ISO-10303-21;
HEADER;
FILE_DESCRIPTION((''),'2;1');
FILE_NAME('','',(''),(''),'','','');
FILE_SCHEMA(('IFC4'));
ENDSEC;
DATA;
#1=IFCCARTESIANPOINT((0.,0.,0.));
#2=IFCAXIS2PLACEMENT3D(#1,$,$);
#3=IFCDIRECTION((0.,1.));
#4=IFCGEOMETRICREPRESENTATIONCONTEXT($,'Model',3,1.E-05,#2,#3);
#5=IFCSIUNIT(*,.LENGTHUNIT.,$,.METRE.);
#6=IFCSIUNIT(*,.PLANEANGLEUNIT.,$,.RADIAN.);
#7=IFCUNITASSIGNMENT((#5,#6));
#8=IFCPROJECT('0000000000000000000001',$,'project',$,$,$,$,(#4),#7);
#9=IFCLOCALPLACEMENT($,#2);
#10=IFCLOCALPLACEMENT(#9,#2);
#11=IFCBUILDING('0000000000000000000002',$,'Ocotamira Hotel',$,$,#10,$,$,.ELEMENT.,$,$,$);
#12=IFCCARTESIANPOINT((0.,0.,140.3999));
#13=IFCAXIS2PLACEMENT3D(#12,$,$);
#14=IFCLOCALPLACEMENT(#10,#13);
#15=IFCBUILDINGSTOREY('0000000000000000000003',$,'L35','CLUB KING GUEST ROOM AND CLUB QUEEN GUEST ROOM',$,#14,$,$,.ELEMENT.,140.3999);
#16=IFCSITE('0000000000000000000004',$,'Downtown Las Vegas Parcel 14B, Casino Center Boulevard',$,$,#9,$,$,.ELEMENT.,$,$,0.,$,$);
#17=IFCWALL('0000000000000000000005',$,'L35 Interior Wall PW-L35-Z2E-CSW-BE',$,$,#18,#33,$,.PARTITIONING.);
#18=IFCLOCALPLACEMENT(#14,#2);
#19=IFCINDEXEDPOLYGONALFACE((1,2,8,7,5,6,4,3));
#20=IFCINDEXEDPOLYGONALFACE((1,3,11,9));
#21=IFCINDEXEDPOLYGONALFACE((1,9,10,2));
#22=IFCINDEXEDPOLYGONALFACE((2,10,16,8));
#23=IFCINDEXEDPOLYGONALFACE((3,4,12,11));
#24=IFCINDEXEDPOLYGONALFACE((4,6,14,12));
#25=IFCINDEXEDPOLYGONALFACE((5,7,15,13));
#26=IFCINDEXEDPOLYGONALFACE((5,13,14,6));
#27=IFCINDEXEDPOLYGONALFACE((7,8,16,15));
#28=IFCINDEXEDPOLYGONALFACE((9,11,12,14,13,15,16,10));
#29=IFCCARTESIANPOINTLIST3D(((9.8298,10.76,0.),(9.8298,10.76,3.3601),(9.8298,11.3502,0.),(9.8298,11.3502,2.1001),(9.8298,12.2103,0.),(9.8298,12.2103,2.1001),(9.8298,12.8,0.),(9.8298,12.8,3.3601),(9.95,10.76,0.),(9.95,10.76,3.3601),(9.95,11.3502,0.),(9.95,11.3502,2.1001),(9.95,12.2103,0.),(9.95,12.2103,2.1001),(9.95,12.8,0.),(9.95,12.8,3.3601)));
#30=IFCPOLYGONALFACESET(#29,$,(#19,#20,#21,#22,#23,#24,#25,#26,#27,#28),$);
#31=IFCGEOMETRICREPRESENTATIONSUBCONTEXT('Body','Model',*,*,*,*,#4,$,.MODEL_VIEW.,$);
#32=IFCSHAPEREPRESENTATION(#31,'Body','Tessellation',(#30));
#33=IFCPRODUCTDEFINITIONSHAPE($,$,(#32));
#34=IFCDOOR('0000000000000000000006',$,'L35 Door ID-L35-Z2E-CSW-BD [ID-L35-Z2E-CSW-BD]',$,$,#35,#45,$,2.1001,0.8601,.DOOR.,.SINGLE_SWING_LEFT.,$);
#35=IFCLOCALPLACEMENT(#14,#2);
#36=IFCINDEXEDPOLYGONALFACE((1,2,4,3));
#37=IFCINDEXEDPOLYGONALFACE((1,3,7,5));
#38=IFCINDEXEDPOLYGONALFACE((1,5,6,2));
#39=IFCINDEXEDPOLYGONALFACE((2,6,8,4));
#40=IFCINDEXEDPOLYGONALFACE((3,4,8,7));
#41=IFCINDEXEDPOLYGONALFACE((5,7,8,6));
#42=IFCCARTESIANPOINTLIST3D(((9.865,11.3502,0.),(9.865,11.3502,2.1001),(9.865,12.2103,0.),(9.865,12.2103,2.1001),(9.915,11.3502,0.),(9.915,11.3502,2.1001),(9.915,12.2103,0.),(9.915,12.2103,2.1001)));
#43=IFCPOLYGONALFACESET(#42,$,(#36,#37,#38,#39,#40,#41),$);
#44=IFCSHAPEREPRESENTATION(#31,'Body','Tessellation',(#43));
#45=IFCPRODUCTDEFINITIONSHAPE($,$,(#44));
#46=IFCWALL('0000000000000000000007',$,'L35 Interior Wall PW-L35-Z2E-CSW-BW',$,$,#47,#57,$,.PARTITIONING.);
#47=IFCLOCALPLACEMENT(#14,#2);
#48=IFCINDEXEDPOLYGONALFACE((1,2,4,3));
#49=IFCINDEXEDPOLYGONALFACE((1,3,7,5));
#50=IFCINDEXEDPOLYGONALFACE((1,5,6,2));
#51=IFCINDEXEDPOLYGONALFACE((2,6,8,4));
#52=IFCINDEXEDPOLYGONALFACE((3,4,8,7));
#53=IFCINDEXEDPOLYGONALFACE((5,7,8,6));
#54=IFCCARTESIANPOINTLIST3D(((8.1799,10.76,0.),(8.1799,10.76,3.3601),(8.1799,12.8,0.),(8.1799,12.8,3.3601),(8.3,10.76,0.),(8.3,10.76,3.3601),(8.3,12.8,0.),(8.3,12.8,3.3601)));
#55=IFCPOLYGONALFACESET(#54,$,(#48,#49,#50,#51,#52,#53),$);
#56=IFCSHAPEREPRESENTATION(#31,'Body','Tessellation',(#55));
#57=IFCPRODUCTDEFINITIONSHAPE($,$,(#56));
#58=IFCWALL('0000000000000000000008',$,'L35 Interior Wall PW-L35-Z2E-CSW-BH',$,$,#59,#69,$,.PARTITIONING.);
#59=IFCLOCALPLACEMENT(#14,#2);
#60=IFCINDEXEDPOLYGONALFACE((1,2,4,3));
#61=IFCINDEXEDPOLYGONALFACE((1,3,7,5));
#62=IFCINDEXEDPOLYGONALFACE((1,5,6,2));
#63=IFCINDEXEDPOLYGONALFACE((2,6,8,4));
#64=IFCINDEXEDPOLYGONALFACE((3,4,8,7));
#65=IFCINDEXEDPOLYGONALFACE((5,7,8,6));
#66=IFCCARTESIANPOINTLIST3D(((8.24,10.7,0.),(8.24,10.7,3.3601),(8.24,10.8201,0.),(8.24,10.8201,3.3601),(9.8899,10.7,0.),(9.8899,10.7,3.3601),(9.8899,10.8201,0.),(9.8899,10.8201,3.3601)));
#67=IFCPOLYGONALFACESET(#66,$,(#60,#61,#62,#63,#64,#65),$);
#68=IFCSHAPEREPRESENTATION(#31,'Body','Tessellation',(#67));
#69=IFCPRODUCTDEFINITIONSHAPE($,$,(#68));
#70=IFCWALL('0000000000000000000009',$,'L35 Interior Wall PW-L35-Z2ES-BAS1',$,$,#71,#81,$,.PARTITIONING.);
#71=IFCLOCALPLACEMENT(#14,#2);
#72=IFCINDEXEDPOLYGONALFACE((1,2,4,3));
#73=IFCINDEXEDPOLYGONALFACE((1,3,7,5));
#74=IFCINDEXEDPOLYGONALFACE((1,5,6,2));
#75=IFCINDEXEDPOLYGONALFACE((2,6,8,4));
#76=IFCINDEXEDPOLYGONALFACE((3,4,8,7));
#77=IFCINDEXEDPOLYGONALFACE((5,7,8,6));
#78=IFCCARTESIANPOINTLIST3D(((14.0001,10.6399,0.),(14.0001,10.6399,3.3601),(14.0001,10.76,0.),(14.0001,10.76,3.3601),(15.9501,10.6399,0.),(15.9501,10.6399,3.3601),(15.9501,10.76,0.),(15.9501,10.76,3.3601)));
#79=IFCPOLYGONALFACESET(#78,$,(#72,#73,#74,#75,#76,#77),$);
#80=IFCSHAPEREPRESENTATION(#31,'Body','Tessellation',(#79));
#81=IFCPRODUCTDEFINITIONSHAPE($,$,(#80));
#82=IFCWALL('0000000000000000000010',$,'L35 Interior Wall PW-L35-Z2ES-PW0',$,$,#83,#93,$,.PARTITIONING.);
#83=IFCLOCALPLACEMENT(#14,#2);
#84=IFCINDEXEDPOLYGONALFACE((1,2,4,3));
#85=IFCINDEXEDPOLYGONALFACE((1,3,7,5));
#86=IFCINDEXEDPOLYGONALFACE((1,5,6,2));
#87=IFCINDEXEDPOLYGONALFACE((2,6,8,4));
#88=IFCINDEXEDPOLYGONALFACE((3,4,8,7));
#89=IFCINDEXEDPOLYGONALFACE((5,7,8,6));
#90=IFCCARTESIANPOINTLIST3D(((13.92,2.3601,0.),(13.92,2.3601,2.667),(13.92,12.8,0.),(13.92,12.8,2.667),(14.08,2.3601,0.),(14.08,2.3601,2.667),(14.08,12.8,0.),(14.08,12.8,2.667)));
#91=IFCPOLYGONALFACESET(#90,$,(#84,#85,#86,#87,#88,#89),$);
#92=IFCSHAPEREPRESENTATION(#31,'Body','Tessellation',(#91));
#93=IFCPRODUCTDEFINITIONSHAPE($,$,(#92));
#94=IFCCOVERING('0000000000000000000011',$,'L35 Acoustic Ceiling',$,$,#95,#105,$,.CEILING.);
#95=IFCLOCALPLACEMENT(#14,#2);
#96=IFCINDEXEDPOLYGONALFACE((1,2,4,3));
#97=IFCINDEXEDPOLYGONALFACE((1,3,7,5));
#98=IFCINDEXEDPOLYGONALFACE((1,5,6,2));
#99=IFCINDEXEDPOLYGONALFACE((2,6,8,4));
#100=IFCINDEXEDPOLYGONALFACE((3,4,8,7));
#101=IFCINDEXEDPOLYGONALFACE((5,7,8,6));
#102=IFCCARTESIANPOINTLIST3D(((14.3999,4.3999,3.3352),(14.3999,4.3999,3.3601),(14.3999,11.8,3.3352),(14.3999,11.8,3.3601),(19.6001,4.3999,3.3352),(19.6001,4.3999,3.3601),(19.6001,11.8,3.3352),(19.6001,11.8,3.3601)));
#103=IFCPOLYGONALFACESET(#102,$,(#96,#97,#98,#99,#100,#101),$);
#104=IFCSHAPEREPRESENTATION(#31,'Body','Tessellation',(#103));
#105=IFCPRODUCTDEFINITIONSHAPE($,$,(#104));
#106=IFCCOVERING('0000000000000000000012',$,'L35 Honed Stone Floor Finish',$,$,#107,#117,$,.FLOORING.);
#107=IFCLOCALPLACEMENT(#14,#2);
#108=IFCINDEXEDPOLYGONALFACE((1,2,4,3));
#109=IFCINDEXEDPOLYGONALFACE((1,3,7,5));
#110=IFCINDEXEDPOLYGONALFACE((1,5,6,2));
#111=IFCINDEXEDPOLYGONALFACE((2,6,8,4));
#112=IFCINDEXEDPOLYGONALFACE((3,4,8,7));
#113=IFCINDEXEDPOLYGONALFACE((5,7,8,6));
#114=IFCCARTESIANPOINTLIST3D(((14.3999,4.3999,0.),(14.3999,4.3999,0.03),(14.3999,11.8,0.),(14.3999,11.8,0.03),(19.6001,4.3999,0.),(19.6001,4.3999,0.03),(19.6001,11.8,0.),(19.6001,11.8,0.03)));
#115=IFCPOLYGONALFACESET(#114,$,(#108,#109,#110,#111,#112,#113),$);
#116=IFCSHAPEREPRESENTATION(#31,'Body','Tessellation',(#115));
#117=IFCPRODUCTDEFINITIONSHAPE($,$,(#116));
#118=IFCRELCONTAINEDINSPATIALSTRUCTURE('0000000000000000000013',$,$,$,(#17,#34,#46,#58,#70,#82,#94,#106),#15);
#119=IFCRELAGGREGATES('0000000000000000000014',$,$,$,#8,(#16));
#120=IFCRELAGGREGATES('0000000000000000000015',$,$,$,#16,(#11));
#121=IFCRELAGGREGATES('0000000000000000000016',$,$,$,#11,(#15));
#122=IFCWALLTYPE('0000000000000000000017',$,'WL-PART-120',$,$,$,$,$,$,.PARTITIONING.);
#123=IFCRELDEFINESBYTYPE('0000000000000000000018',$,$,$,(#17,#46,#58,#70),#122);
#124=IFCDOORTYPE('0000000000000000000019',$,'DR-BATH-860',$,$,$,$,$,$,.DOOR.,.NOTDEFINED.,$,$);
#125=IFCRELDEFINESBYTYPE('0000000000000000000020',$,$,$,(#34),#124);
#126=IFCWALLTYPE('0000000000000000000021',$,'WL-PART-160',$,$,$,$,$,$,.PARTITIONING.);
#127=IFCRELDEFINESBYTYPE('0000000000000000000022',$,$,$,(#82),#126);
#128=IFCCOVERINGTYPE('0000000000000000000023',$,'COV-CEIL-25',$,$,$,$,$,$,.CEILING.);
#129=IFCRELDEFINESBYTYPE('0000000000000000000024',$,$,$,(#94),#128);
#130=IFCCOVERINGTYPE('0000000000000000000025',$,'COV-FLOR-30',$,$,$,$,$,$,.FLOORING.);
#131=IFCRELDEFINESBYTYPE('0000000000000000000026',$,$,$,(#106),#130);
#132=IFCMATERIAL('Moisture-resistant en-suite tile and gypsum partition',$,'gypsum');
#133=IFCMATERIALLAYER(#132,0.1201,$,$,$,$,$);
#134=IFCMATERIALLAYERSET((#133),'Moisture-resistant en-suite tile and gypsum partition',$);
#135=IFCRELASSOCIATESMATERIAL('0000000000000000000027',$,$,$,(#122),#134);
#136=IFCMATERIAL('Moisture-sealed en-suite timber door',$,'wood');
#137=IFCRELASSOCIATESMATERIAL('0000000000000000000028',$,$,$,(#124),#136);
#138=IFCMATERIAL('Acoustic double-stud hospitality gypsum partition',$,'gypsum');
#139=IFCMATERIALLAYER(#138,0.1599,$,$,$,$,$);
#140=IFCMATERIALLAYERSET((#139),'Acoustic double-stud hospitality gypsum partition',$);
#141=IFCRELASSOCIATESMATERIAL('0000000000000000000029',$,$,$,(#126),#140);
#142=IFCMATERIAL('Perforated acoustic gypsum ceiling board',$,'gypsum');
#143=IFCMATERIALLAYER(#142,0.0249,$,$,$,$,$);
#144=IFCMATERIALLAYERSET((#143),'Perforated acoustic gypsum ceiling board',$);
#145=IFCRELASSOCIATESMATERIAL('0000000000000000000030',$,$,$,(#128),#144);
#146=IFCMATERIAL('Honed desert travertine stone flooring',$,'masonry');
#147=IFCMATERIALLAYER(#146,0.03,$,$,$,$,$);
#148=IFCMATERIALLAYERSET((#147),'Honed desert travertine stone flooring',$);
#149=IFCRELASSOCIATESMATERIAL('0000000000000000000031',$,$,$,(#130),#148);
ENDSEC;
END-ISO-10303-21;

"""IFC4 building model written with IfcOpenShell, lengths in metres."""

from ifc_helpers import new_model, si_unit, direction, frame, frame_2d, origin, place, context, subcontext, project, spatial, polyline, rectangle, outline, extrude, source, transform, mapped, material, layer, layer_set, type_object, element, fill, save


model = new_model("IFC4")

# Units and contexts
model_context = context("Model", 3, precision=1e-05, world=origin(), true_north=direction((0.0, 1.0)))
body_context = subcontext(model_context, "Body", "Model", "MODEL_VIEW")
ifc_project = project(units=[si_unit("LENGTHUNIT", "METRE"), si_unit("PLANEANGLEUNIT", "RADIAN")], contexts=[model_context])

# Site, building, storey
site_placement = place(None, origin())
site = spatial("IfcSite", under=ifc_project, at=site_placement, Name="Downtown Las Vegas Parcel 14B, Casino Center Boulevard", CompositionType="ELEMENT", RefElevation=0.0)
building_placement = place(site_placement, origin())
building = spatial("IfcBuilding", under=site, at=building_placement, Name="Ocotamira Hotel", CompositionType="ELEMENT")
storey_placement = place(building_placement, frame((0.0, 0.0, 140.3999)))
storey = spatial("IfcBuildingStorey", under=building, at=storey_placement, Name="L35", Description="CLUB KING GUEST ROOM AND CLUB QUEEN GUEST ROOM", CompositionType="ELEMENT", Elevation=140.3999)

# Wall, opening, door
ifc_material_1 = material(Name="Moisture-resistant en-suite tile and gypsum partition", Category="gypsum")
ifc_layer_1 = layer(ifc_material_1, 0.1201)
ifc_layer_set_1 = layer_set([ifc_layer_1], Name="Moisture-resistant en-suite tile and gypsum partition")
wall_type_1 = type_object("IfcWallType", Name="WL-PART-120", PredefinedType="PARTITIONING", material=ifc_layer_set_1)
wall_1_placement = place(storey_placement, frame((9.8899, 10.76, 0.0), z_axis=(0.0, 0.0, 1.0), x_axis=(0.0, 1.0, 0.0)))
wall_1 = element("IfcWall", 1, at=wall_1_placement, inside=storey, type_object=wall_type_1, Name="L35 Interior Wall PW-L35-Z2E-CSW-BE", PredefinedType="PARTITIONING", context=body_context, shape_type="SweptSolid", body=[
    extrude(rectangle(XDim=2.04, YDim=0.1201, at=frame_2d((1.02, 0.0))), origin(), (0.0, 0.0, 1.0), 3.3601),
])
opening_1_placement = place(wall_1_placement, frame((0.5901, 0.0, 0.0)))
opening_1 = element("IfcOpeningElement", 2, at=opening_1_placement, cuts=wall_1, PredefinedType="OPENING", context=body_context, shape_type="SweptSolid", body=[
    extrude(rectangle(XDim=0.8601, YDim=2.1001, at=frame_2d((0.4302, 1.05))), frame((0.0, 0.0701, 0.0), z_axis=(0.0, -1.0, 0.0), x_axis=(1.0, 0.0, 0.0)), (0.0, 0.0, 1.0), 0.1401),
])
ifc_material_2 = material(Name="Moisture-sealed en-suite timber door", Category="wood")
door_type_1 = type_object("IfcDoorType", Name="DR-BATH-860", OperationType="NOTDEFINED", PredefinedType="DOOR", material=ifc_material_2)
shared_shape_1 = source(origin(), body_context, "Body", "SweptSolid", [
    extrude(rectangle(XDim=0.8601, YDim=2.1001, at=frame_2d((0.4302, 1.05))), frame((0.0, 0.0249, 0.0), z_axis=(0.0, -1.0, 0.0), x_axis=(1.0, 0.0, 0.0)), (0.0, 0.0, 1.0), 0.05),
])
door_1_placement = place(opening_1_placement, origin())
door_1 = element("IfcDoor", 3, at=door_1_placement, inside=storey, type_object=door_type_1, Name="L35 Door ID-L35-Z2E-CSW-BD [ID-L35-Z2E-CSW-BD]", OperationType="SINGLE_SWING_LEFT", OverallHeight=2.1001, OverallWidth=0.8601, PredefinedType="DOOR", context=body_context, shape_type="MappedRepresentation", body=[
    mapped(shared_shape_1, transform((0.0, 0.0, 0.0), scale=1.0)),
])
fill(opening_1, door_1)

# Walls
wall_2_placement = place(storey_placement, frame((8.24, 10.76, 0.0), z_axis=(0.0, 0.0, 1.0), x_axis=(0.0, 1.0, 0.0)))
element("IfcWall", 4, at=wall_2_placement, inside=storey, type_object=wall_type_1, Name="L35 Interior Wall PW-L35-Z2E-CSW-BW", PredefinedType="PARTITIONING", context=body_context, shape_type="SweptSolid", body=[
    extrude(rectangle(XDim=2.04, YDim=0.1201, at=frame_2d((1.02, 0.0))), origin(), (0.0, 0.0, 1.0), 3.3601),
])
wall_3_placement = place(storey_placement, frame((8.24, 10.76, 0.0), z_axis=(0.0, 0.0, 1.0), x_axis=(1.0, 0.0, 0.0)))
element("IfcWall", 5, at=wall_3_placement, inside=storey, type_object=wall_type_1, Name="L35 Interior Wall PW-L35-Z2E-CSW-BH", PredefinedType="PARTITIONING", context=body_context, shape_type="SweptSolid", body=[
    extrude(rectangle(XDim=1.6499, YDim=0.1201, at=frame_2d((0.825, 0.0))), origin(), (0.0, 0.0, 1.0), 3.3601),
])
wall_4_placement = place(storey_placement, frame((14.0, 10.7, 0.0), z_axis=(0.0, 0.0, 1.0), x_axis=(1.0, 0.0, 0.0)))
element("IfcWall", 6, at=wall_4_placement, inside=storey, type_object=wall_type_1, Name="L35 Interior Wall PW-L35-Z2ES-BAS1", PredefinedType="PARTITIONING", context=body_context, shape_type="SweptSolid", body=[
    extrude(rectangle(XDim=1.95, YDim=0.1201, at=frame_2d((0.9751, 0.0))), origin(), (0.0, 0.0, 1.0), 3.3601),
])
ifc_material_3 = material(Name="Acoustic double-stud hospitality gypsum partition", Category="gypsum")
ifc_layer_2 = layer(ifc_material_3, 0.1599)
ifc_layer_set_2 = layer_set([ifc_layer_2], Name="Acoustic double-stud hospitality gypsum partition")
wall_type_2 = type_object("IfcWallType", Name="WL-PART-160", PredefinedType="PARTITIONING", material=ifc_layer_set_2)
wall_5_placement = place(storey_placement, frame((14.0, 2.3601, 0.0), z_axis=(0.0, 0.0, 1.0), x_axis=(0.0, 1.0, 0.0)))
element("IfcWall", 7, at=wall_5_placement, inside=storey, type_object=wall_type_2, Name="L35 Interior Wall PW-L35-Z2ES-PW0", PredefinedType="PARTITIONING", context=body_context, shape_type="SweptSolid", body=[
    extrude(rectangle(XDim=10.4399, YDim=0.1599, at=frame_2d((5.22, 0.0))), origin(), (0.0, 0.0, 1.0), 2.667),
])

# Coverings
ifc_material_4 = material(Name="Perforated acoustic gypsum ceiling board", Category="gypsum")
ifc_layer_3 = layer(ifc_material_4, 0.0249)
ifc_layer_set_3 = layer_set([ifc_layer_3], Name="Perforated acoustic gypsum ceiling board")
covering_type_1 = type_object("IfcCoveringType", Name="COV-CEIL-25", PredefinedType="CEILING", material=ifc_layer_set_3)
covering_1_placement = place(storey_placement, frame((0.0, 0.0, 3.3352)))
element("IfcCovering", 8, at=covering_1_placement, inside=storey, type_object=covering_type_1, Name="L35 Acoustic Ceiling", PredefinedType="CEILING", context=body_context, shape_type="SweptSolid", body=[
    extrude(outline(polyline([(14.3999, 4.3999), (19.6001, 4.3999), (19.6001, 11.8), (14.3999, 11.8), (14.3999, 4.3999)])), origin(), (0.0, 0.0, 1.0), 0.0249),
])
ifc_material_5 = material(Name="Honed desert travertine stone flooring", Category="masonry")
ifc_layer_4 = layer(ifc_material_5, 0.03)
ifc_layer_set_4 = layer_set([ifc_layer_4], Name="Honed desert travertine stone flooring")
covering_type_2 = type_object("IfcCoveringType", Name="COV-FLOR-30", PredefinedType="FLOORING", material=ifc_layer_set_4)
covering_2_placement = place(storey_placement, origin())
element("IfcCovering", 9, at=covering_2_placement, inside=storey, type_object=covering_type_2, Name="L35 Honed Stone Floor Finish", PredefinedType="FLOORING", context=body_context, shape_type="SweptSolid", body=[
    extrude(outline(polyline([(14.3999, 4.3999), (19.6001, 4.3999), (19.6001, 11.8), (14.3999, 11.8), (14.3999, 4.3999)])), origin(), (0.0, 0.0, 1.0), 0.03),
])

save(model, "model.ifc")
